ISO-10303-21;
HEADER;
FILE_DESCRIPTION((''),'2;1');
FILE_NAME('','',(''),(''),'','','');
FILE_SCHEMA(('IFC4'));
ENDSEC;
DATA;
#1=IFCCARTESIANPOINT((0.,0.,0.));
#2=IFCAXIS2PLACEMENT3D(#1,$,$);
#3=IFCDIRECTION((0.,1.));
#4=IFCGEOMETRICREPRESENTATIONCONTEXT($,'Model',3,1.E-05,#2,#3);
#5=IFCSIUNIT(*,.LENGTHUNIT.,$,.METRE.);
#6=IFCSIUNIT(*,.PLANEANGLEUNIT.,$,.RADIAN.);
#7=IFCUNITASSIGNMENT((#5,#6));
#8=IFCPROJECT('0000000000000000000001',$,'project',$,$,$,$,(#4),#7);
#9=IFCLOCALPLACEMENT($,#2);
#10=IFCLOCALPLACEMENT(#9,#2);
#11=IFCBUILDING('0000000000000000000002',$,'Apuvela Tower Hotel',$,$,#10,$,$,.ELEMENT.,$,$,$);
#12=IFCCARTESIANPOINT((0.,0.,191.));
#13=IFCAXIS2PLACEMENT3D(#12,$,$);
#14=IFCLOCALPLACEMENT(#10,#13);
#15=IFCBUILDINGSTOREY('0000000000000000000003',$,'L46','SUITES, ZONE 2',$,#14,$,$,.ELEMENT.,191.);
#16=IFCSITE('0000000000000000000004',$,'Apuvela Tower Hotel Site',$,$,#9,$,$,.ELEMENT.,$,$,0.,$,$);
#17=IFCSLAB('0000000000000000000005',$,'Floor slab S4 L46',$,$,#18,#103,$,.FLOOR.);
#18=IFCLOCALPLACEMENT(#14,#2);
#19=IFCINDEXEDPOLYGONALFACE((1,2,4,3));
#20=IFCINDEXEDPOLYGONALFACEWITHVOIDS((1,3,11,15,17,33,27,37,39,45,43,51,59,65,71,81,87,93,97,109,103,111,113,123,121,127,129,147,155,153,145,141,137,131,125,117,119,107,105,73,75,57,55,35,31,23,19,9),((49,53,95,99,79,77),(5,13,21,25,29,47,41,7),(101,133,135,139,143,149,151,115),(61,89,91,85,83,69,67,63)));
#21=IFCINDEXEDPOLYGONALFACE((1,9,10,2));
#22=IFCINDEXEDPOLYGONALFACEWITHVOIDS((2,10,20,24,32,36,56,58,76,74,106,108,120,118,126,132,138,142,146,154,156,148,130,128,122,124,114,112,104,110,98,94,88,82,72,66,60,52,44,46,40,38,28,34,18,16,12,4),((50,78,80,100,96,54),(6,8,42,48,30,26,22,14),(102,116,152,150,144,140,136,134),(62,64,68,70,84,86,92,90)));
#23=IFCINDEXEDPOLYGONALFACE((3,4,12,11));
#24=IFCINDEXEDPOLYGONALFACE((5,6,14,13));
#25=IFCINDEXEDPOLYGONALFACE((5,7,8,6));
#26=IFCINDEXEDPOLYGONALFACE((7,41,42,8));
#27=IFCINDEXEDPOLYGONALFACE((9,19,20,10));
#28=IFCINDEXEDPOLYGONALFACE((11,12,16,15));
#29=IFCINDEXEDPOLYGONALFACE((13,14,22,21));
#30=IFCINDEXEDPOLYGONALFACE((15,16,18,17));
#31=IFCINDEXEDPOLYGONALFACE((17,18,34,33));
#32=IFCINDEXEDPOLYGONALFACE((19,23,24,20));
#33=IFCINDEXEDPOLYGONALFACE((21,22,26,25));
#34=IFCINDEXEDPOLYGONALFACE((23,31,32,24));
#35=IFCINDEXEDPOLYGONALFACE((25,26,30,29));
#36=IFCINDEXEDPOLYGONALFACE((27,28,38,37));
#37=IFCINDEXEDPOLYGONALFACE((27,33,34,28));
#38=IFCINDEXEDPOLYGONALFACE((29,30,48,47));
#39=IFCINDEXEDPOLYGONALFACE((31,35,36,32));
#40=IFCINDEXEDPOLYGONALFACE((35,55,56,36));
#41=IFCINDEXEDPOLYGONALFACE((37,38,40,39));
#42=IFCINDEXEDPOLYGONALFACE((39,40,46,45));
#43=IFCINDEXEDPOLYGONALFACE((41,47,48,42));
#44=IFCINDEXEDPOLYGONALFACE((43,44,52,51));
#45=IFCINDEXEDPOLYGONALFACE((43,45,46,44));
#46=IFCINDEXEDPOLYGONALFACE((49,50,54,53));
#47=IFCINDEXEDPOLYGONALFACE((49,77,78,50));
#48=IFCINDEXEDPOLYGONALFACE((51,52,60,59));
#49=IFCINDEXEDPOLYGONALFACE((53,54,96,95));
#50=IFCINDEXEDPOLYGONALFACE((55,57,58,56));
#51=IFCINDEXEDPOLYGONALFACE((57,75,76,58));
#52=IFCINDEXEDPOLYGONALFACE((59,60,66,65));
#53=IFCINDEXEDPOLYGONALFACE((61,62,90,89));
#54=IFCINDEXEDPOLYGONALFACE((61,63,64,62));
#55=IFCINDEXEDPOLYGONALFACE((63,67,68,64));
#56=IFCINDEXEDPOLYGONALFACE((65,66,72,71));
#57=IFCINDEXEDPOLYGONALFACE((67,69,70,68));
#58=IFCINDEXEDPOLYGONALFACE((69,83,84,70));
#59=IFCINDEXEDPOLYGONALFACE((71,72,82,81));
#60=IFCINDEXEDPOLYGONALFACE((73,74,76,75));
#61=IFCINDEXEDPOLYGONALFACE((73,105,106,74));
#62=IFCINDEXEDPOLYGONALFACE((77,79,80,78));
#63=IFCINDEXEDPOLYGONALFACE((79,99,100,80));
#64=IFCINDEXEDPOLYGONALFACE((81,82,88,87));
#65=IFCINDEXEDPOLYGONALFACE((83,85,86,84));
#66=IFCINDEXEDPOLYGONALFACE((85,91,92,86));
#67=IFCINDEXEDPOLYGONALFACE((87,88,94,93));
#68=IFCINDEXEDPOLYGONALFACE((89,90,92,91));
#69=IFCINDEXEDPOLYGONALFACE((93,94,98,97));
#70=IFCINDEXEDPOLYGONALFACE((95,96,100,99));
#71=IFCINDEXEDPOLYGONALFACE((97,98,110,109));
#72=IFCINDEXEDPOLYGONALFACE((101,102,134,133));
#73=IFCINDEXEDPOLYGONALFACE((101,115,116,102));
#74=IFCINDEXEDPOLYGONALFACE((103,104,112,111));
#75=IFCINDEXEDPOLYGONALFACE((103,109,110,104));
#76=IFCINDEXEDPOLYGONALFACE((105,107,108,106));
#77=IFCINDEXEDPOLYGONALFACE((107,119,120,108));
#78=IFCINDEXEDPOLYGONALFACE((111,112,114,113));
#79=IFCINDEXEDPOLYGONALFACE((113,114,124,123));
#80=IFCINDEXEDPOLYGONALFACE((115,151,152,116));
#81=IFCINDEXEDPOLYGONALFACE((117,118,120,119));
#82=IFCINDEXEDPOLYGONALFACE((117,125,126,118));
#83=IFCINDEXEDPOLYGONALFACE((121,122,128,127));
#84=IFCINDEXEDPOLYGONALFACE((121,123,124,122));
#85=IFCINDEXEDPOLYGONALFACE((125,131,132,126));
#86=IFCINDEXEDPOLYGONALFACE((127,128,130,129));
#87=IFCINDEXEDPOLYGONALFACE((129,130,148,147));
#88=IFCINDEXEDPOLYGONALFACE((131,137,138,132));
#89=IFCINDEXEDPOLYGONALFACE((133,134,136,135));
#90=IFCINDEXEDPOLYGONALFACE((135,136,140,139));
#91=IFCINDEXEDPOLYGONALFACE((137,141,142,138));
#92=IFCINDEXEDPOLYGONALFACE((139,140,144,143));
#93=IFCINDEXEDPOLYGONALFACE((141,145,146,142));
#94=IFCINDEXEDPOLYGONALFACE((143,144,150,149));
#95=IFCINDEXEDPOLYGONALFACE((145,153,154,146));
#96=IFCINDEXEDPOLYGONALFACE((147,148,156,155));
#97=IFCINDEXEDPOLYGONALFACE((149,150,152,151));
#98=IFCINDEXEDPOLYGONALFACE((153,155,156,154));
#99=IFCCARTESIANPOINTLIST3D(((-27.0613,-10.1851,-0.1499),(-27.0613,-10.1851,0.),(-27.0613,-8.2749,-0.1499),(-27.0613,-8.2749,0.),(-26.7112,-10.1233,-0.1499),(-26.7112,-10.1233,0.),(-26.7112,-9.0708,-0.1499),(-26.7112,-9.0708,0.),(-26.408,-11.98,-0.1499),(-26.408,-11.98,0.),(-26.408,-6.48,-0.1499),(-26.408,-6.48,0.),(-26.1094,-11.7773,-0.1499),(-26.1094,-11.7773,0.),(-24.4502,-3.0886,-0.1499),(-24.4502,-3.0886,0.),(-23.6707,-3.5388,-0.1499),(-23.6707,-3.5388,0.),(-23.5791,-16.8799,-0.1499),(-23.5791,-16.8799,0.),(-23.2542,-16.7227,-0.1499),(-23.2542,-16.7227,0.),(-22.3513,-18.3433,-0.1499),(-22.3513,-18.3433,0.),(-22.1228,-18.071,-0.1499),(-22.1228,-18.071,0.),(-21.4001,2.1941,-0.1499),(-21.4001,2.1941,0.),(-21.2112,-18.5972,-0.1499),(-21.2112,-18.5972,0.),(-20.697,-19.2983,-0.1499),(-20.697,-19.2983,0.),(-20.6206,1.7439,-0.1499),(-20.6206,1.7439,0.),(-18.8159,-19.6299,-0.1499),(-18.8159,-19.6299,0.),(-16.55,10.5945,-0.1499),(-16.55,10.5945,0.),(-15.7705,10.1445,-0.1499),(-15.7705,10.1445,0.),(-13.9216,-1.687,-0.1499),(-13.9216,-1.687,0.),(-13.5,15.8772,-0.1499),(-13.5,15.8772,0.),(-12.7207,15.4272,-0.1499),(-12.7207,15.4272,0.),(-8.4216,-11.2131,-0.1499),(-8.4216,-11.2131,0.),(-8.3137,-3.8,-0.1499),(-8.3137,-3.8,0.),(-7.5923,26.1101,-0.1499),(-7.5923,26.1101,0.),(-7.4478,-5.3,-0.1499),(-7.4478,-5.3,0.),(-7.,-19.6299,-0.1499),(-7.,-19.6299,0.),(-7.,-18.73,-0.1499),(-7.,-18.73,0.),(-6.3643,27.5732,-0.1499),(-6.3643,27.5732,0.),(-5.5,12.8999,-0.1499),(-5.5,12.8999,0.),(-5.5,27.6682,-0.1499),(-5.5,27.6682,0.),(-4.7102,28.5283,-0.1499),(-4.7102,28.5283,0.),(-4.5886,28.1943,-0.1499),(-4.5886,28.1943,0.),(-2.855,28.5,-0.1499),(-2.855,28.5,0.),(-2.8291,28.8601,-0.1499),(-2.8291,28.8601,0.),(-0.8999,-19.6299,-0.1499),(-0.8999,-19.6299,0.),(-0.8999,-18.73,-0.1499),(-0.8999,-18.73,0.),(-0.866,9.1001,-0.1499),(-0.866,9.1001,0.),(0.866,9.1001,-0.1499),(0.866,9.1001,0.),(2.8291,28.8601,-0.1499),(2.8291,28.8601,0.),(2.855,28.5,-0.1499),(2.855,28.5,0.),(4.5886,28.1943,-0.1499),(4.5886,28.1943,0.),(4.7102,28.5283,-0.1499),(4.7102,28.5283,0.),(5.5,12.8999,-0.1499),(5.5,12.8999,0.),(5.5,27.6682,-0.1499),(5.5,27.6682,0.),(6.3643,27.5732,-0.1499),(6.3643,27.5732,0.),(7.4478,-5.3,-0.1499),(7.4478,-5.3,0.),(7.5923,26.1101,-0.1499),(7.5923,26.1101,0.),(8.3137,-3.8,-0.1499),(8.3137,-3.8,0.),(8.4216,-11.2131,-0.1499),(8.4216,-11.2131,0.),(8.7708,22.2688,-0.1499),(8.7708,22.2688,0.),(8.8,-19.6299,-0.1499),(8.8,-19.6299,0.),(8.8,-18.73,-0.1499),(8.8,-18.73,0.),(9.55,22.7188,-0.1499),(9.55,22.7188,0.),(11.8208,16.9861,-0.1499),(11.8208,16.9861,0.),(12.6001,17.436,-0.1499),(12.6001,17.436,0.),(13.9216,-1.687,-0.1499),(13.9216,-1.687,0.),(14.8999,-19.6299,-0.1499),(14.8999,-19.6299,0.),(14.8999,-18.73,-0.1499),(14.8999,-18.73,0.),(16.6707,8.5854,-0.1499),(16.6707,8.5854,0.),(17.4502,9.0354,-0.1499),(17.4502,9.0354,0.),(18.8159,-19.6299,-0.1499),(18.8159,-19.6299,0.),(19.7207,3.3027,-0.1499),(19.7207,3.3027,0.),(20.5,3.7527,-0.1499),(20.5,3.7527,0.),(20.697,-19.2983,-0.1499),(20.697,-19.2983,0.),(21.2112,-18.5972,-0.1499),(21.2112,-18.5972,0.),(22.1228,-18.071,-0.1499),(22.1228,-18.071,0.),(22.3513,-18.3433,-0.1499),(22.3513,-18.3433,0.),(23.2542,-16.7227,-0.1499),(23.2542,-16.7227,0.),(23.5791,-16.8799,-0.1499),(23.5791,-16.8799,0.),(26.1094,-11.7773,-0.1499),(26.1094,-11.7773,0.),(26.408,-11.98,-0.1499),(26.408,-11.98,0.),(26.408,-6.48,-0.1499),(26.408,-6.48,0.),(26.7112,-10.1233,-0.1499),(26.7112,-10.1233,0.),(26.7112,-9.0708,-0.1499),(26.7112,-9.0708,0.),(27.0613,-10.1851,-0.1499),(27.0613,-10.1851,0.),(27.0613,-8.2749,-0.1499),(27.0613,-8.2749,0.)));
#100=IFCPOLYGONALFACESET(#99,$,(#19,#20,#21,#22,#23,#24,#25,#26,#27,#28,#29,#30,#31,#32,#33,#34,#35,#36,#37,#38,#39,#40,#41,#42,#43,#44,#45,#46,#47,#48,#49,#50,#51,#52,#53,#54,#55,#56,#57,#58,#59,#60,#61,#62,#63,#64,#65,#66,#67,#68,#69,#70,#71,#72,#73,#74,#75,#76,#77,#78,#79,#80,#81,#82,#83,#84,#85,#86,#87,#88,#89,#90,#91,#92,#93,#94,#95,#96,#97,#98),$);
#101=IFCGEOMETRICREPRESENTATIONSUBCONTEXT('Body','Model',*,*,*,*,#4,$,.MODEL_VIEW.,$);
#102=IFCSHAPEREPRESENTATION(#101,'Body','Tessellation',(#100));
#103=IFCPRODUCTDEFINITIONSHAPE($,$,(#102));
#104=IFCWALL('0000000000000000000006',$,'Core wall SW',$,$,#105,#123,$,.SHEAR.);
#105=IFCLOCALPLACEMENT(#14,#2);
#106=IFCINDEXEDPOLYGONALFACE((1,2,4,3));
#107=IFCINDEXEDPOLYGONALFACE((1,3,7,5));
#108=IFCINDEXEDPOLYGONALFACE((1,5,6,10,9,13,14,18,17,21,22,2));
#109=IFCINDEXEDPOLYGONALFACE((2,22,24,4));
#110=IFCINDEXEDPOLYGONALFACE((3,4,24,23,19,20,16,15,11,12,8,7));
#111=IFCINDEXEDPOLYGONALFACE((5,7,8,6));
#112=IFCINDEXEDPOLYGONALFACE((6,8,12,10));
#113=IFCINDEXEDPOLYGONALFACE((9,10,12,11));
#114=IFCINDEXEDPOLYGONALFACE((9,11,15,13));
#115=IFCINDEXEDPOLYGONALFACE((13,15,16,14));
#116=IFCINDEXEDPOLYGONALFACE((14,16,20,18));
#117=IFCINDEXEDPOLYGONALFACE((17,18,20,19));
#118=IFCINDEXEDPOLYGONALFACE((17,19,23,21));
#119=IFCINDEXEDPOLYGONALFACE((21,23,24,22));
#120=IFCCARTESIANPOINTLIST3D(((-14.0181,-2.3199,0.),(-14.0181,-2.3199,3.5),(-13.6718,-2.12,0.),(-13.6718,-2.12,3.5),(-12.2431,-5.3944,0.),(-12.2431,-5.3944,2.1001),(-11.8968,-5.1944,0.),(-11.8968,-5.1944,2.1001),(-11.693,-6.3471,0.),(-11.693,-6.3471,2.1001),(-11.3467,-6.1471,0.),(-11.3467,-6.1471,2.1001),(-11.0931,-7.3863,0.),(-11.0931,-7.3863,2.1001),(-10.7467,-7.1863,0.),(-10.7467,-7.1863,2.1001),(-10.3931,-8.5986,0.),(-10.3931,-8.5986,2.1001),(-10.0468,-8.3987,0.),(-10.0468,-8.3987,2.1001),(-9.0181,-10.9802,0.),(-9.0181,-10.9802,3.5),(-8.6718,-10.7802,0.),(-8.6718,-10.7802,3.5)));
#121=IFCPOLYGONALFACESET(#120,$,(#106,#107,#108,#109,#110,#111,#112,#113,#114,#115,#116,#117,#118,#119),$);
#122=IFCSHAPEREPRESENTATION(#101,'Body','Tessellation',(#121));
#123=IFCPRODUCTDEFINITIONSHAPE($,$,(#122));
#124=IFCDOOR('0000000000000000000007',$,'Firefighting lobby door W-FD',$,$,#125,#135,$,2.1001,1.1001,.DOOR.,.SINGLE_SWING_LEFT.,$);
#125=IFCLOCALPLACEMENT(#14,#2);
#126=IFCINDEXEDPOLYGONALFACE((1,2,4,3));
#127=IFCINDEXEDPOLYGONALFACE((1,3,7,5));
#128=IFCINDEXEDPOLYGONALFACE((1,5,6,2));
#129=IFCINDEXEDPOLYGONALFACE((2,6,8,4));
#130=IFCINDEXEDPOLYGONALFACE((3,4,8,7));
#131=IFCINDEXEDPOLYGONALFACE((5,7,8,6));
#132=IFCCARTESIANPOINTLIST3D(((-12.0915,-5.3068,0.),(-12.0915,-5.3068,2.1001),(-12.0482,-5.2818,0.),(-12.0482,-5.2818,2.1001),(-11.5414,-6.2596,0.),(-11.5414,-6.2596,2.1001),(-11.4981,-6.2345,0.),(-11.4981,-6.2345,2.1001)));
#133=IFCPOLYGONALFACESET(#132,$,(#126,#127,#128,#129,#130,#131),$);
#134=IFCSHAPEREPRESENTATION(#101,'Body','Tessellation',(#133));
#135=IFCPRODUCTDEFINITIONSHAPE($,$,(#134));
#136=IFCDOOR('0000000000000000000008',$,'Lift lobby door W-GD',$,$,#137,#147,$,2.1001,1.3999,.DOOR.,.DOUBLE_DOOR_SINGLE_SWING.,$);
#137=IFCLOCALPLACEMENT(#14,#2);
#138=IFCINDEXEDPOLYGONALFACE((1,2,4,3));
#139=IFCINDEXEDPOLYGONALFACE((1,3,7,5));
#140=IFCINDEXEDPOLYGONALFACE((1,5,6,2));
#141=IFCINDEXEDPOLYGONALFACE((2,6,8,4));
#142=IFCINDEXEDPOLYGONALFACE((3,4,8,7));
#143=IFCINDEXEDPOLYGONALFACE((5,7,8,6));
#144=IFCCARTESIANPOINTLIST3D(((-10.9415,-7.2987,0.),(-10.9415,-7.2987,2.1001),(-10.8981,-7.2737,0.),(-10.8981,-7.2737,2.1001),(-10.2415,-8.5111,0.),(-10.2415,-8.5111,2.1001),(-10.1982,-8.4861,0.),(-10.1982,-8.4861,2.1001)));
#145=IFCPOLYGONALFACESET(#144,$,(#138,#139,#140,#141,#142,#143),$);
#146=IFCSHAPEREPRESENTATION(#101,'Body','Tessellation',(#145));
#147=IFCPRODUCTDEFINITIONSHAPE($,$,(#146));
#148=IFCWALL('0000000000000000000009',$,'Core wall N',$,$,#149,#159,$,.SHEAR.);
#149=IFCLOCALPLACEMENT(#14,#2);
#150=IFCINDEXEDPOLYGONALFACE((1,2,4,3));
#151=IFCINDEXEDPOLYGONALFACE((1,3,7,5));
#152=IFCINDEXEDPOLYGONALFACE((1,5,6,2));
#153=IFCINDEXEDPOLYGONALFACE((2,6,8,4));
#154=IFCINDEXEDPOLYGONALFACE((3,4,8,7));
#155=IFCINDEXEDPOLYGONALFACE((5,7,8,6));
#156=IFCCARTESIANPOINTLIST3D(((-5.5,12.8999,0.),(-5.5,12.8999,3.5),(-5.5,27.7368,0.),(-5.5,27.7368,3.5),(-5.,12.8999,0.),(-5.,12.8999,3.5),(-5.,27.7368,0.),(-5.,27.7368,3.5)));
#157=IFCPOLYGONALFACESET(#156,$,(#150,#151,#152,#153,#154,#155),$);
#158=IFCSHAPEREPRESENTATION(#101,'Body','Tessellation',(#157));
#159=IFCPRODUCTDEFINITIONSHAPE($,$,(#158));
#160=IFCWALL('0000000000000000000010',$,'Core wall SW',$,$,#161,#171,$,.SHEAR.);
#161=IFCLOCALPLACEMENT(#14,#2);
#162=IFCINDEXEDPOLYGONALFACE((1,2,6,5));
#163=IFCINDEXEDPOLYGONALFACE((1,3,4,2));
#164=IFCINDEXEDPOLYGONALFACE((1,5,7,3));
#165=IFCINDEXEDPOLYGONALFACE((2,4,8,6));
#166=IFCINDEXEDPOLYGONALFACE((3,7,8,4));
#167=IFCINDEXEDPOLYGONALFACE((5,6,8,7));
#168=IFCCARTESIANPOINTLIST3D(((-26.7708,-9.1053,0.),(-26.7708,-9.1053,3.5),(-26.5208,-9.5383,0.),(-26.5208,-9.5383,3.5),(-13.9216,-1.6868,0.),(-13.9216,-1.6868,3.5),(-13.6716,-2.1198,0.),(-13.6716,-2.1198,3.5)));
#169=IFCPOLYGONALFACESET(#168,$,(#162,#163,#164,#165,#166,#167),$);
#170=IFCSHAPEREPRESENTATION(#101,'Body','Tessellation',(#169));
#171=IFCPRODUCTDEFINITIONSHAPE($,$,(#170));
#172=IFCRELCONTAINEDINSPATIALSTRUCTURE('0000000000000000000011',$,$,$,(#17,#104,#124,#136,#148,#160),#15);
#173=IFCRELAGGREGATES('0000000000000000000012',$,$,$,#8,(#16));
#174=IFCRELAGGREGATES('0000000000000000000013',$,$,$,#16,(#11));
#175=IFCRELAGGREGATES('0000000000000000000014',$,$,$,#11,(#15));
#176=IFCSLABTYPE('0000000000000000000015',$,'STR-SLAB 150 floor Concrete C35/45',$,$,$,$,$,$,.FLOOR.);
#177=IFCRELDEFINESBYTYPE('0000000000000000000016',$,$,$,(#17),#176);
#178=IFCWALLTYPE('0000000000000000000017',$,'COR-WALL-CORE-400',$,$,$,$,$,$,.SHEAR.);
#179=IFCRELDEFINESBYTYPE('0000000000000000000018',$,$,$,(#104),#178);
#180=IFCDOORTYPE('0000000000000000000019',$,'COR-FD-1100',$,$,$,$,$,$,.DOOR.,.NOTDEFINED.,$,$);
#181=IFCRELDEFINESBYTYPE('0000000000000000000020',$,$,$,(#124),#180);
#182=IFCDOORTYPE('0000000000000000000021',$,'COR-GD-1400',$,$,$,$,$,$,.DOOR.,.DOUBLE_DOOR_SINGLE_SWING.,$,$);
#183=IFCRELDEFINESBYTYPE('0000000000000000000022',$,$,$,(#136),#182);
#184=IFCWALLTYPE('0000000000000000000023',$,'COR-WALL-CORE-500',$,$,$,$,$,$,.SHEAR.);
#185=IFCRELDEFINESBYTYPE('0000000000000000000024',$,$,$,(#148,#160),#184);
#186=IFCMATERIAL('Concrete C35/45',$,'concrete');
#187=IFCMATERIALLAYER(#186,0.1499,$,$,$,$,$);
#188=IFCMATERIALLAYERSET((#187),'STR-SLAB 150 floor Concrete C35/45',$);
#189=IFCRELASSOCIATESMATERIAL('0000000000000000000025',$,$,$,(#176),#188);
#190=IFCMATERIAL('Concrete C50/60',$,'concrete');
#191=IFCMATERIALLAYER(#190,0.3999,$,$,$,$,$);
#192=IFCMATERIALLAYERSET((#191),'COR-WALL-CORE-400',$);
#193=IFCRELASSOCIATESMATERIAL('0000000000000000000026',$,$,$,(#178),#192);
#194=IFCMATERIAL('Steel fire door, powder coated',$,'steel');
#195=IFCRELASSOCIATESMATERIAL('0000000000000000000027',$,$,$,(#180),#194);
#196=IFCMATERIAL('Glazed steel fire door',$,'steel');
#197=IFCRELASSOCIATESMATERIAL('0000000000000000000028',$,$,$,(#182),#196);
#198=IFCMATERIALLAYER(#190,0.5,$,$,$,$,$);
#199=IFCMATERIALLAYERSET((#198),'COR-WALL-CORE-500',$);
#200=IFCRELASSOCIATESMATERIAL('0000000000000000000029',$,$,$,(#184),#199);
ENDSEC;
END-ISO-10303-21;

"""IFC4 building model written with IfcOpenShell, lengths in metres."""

from ifc_helpers import new_model, si_unit, direction, frame, frame_2d, origin, place, context, subcontext, project, spatial, polyline, rectangle, outline, extrude, material, layer, layer_set, type_object, element, fill, save


model = new_model("IFC4")

# Units and contexts
model_context = context("Model", 3, precision=1e-05, world=origin(), true_north=direction((0.0, 1.0)))
body_context = subcontext(model_context, "Body", "Model", "MODEL_VIEW")
ifc_project = project(units=[si_unit("LENGTHUNIT", "METRE"), si_unit("PLANEANGLEUNIT", "RADIAN")], contexts=[model_context])

# Site, building, storey
site_placement = place(None, origin())
site = spatial("IfcSite", under=ifc_project, at=site_placement, Name="Apuvela Tower Hotel Site", CompositionType="ELEMENT", RefElevation=0.0)
building_placement = place(site_placement, origin())
building = spatial("IfcBuilding", under=site, at=building_placement, Name="Apuvela Tower Hotel", CompositionType="ELEMENT")
storey_placement = place(building_placement, frame((0.0, 0.0, 191.0)))
storey = spatial("IfcBuildingStorey", under=building, at=storey_placement, Name="L46", Description="SUITES, ZONE 2", CompositionType="ELEMENT", Elevation=191.0)

# Slab
ifc_material_1 = material(Name="Concrete C35/45", Category="concrete")
ifc_layer_1 = layer(ifc_material_1, 0.1499)
ifc_layer_set_1 = layer_set([ifc_layer_1], Name="STR-SLAB 150 floor Concrete C35/45")
slab_type_1 = type_object("IfcSlabType", Name="STR-SLAB 150 floor Concrete C35/45", PredefinedType="FLOOR", material=ifc_layer_set_1)
slab_1_placement = place(storey_placement, frame((0.0, 0.0, -0.1499)))
element("IfcSlab", 1, at=slab_1_placement, inside=storey, type_object=slab_type_1, Name="Floor slab S4 L46", PredefinedType="FLOOR", context=body_context, shape_type="SweptSolid", body=[
    extrude(outline(polyline([(-6.3643, 27.5732), (-4.7102, 28.5283), (-2.8291, 28.8601), (2.8291, 28.8601), (4.7102, 28.5283), (6.3643, 27.5732), (7.5923, 26.1101), (9.55, 22.7188), (8.7708, 22.2688), (11.8208, 16.9861), (12.6001, 17.436), (17.4502, 9.0354), (16.6707, 8.5854), (19.7207, 3.3027), (20.5, 3.7527), (26.408, -6.48), (27.0613, -8.2749), (27.0613, -10.1851), (26.408, -11.98), (23.5791, -16.8799), (22.3513, -18.3433), (20.697, -19.2983), (18.8159, -19.6299), (14.8999, -19.6299), (14.8999, -18.73), (8.8, -18.73), (8.8, -19.6299), (-0.8999, -19.6299), (-0.8999, -18.73), (-7.0, -18.73), (-7.0, -19.6299), (-18.8159, -19.6299), (-20.697, -19.2983), (-22.3513, -18.3433), (-23.5791, -16.8799), (-26.408, -11.98), (-27.0613, -10.1851), (-27.0613, -8.2749), (-26.408, -6.48), (-24.4502, -3.0886), (-23.6707, -3.5388), (-20.6206, 1.7439), (-21.4001, 2.1941), (-16.55, 10.5945), (-15.7705, 10.1445), (-12.7207, 15.4272), (-13.5, 15.8772), (-7.5923, 26.1101), (-6.3643, 27.5732)]), holes=[polyline([(0.866, 9.1001), (-0.866, 9.1001), (-8.3137, -3.8), (-7.4478, -5.3), (7.4478, -5.3), (8.3137, -3.8), (0.866, 9.1001)]), polyline([(-5.5, 12.8999), (-5.5, 27.6682), (-4.5886, 28.1943), (-2.855, 28.5), (2.855, 28.5), (4.5886, 28.1943), (5.5, 27.6682), (5.5, 12.8999), (-5.5, 12.8999)]), polyline([(-8.4216, -11.2131), (-21.2112, -18.5972), (-22.1228, -18.071), (-23.2542, -16.7227), (-26.1094, -11.7773), (-26.7112, -10.1233), (-26.7112, -9.0708), (-13.9216, -1.687), (-8.4216, -11.2131)]), polyline([(13.9216, -1.687), (26.7112, -9.0708), (26.7112, -10.1233), (26.1094, -11.7773), (23.2542, -16.7227), (22.1228, -18.071), (21.2112, -18.5972), (8.4216, -11.2131), (13.9216, -1.687)])]), origin(), (0.0, 0.0, 1.0), 0.1499),
])

# Wall, openings, doors
ifc_material_2 = material(Name="Concrete C50/60", Category="concrete")
ifc_layer_2 = layer(ifc_material_2, 0.3999)
ifc_layer_set_2 = layer_set([ifc_layer_2], Name="COR-WALL-CORE-400")
wall_type_1 = type_object("IfcWallType", Name="COR-WALL-CORE-400", PredefinedType="SHEAR", material=ifc_layer_set_2)
wall_1_placement = place(storey_placement, frame((-13.845, -2.22, 0.0), z_axis=(0.0, 0.0, 1.0), x_axis=(0.500004, -0.866023, 0.0)))
wall_1 = element("IfcWall", 2, at=wall_1_placement, inside=storey, type_object=wall_type_1, Name="Core wall SW", PredefinedType="SHEAR", context=body_context, shape_type="SweptSolid", body=[
    extrude(rectangle(XDim=10.0, YDim=0.3999, at=frame_2d((5.0, 0.0))), origin(), (0.0, 0.0, 1.0), 3.5),
])
opening_1_placement = place(wall_1_placement, frame((3.55, 0.0, 0.0)))
opening_1 = element("IfcOpeningElement", 3, at=opening_1_placement, cuts=wall_1, PredefinedType="OPENING", context=body_context, shape_type="SweptSolid", body=[
    extrude(rectangle(XDim=1.1001, YDim=2.1001, at=frame_2d((0.55, 1.05))), frame((0.0, 0.21, 0.0), z_axis=(0.0, -1.0, 0.0), x_axis=(1.0, 0.0, 0.0)), (0.0, 0.0, 1.0), 0.4199),
])
opening_2_placement = place(wall_1_placement, frame((5.8501, 0.0, 0.0)))
opening_2 = element("IfcOpeningElement", 4, at=opening_2_placement, cuts=wall_1, PredefinedType="OPENING", context=body_context, shape_type="SweptSolid", body=[
    extrude(rectangle(XDim=1.3999, YDim=2.1001, at=frame_2d((0.7, 1.05))), frame((0.0, 0.21, 0.0), z_axis=(0.0, -1.0, 0.0), x_axis=(1.0, 0.0, 0.0)), (0.0, 0.0, 1.0), 0.4199),
])
ifc_material_3 = material(Name="Steel fire door, powder coated", Category="steel")
door_type_1 = type_object("IfcDoorType", Name="COR-FD-1100", OperationType="NOTDEFINED", PredefinedType="DOOR", material=ifc_material_3)
door_1_placement = place(opening_1_placement, frame((1.1001, 0.0, 0.0), z_axis=(0.0, 0.0, 1.0), x_axis=(-1.0, 0.0, 0.0)))
door_1 = element("IfcDoor", 5, at=door_1_placement, inside=storey, type_object=door_type_1, Name="Firefighting lobby door W-FD", OperationType="SINGLE_SWING_LEFT", OverallHeight=2.1001, OverallWidth=1.1001, PredefinedType="DOOR", context=body_context, shape_type="SweptSolid", body=[
    extrude(rectangle(XDim=1.1001, YDim=2.1001, at=frame_2d((0.55, 1.05))), frame((0.0, 0.0249, 0.0), z_axis=(0.0, -1.0, 0.0), x_axis=(1.0, 0.0, 0.0)), (0.0, 0.0, 1.0), 0.05),
])
fill(opening_1, door_1)
ifc_material_4 = material(Name="Glazed steel fire door", Category="steel")
door_type_2 = type_object("IfcDoorType", Name="COR-GD-1400", OperationType="DOUBLE_DOOR_SINGLE_SWING", PredefinedType="DOOR", material=ifc_material_4)
door_2_placement = place(opening_2_placement, frame((1.3999, 0.0, 0.0), z_axis=(0.0, 0.0, 1.0), x_axis=(-1.0, 0.0, 0.0)))
door_2 = element("IfcDoor", 6, at=door_2_placement, inside=storey, type_object=door_type_2, Name="Lift lobby door W-GD", OperationType="DOUBLE_DOOR_SINGLE_SWING", OverallHeight=2.1001, OverallWidth=1.3999, PredefinedType="DOOR", context=body_context, shape_type="SweptSolid", body=[
    extrude(rectangle(XDim=1.3999, YDim=2.1001, at=frame_2d((0.7, 1.05))), frame((0.0, 0.0249, 0.0), z_axis=(0.0, -1.0, 0.0), x_axis=(1.0, 0.0, 0.0)), (0.0, 0.0, 1.0), 0.05),
])
fill(opening_2, door_2)

# Walls
ifc_layer_3 = layer(ifc_material_2, 0.5)
ifc_layer_set_3 = layer_set([ifc_layer_3], Name="COR-WALL-CORE-500")
wall_type_2 = type_object("IfcWallType", Name="COR-WALL-CORE-500", PredefinedType="SHEAR", material=ifc_layer_set_3)
for number, where, z_axis, x_axis, name in (
    (7, (-5.25, 12.8999, 0.0), (0.0, 0.0, 1.0), (0.0, 1.0, 0.0), "Core wall N"),
    (8, (-13.7966, -1.9033, 0.0), (0.0, 0.0, 1.0), (-0.866025, -0.500001, 0.0), "Core wall SW"),
):
    element("IfcWall", number, at=place(storey_placement, frame(where, z_axis=z_axis, x_axis=x_axis)), inside=storey, type_object=wall_type_2, Name=name, PredefinedType="SHEAR", context=body_context, shape_type="SweptSolid", body=[
        extrude(rectangle(XDim=14.8369, YDim=0.5, at=frame_2d((7.4185, 0.0))), origin(), (0.0, 0.0, 1.0), 3.5),
    ])

save(model, "model.ifc")
